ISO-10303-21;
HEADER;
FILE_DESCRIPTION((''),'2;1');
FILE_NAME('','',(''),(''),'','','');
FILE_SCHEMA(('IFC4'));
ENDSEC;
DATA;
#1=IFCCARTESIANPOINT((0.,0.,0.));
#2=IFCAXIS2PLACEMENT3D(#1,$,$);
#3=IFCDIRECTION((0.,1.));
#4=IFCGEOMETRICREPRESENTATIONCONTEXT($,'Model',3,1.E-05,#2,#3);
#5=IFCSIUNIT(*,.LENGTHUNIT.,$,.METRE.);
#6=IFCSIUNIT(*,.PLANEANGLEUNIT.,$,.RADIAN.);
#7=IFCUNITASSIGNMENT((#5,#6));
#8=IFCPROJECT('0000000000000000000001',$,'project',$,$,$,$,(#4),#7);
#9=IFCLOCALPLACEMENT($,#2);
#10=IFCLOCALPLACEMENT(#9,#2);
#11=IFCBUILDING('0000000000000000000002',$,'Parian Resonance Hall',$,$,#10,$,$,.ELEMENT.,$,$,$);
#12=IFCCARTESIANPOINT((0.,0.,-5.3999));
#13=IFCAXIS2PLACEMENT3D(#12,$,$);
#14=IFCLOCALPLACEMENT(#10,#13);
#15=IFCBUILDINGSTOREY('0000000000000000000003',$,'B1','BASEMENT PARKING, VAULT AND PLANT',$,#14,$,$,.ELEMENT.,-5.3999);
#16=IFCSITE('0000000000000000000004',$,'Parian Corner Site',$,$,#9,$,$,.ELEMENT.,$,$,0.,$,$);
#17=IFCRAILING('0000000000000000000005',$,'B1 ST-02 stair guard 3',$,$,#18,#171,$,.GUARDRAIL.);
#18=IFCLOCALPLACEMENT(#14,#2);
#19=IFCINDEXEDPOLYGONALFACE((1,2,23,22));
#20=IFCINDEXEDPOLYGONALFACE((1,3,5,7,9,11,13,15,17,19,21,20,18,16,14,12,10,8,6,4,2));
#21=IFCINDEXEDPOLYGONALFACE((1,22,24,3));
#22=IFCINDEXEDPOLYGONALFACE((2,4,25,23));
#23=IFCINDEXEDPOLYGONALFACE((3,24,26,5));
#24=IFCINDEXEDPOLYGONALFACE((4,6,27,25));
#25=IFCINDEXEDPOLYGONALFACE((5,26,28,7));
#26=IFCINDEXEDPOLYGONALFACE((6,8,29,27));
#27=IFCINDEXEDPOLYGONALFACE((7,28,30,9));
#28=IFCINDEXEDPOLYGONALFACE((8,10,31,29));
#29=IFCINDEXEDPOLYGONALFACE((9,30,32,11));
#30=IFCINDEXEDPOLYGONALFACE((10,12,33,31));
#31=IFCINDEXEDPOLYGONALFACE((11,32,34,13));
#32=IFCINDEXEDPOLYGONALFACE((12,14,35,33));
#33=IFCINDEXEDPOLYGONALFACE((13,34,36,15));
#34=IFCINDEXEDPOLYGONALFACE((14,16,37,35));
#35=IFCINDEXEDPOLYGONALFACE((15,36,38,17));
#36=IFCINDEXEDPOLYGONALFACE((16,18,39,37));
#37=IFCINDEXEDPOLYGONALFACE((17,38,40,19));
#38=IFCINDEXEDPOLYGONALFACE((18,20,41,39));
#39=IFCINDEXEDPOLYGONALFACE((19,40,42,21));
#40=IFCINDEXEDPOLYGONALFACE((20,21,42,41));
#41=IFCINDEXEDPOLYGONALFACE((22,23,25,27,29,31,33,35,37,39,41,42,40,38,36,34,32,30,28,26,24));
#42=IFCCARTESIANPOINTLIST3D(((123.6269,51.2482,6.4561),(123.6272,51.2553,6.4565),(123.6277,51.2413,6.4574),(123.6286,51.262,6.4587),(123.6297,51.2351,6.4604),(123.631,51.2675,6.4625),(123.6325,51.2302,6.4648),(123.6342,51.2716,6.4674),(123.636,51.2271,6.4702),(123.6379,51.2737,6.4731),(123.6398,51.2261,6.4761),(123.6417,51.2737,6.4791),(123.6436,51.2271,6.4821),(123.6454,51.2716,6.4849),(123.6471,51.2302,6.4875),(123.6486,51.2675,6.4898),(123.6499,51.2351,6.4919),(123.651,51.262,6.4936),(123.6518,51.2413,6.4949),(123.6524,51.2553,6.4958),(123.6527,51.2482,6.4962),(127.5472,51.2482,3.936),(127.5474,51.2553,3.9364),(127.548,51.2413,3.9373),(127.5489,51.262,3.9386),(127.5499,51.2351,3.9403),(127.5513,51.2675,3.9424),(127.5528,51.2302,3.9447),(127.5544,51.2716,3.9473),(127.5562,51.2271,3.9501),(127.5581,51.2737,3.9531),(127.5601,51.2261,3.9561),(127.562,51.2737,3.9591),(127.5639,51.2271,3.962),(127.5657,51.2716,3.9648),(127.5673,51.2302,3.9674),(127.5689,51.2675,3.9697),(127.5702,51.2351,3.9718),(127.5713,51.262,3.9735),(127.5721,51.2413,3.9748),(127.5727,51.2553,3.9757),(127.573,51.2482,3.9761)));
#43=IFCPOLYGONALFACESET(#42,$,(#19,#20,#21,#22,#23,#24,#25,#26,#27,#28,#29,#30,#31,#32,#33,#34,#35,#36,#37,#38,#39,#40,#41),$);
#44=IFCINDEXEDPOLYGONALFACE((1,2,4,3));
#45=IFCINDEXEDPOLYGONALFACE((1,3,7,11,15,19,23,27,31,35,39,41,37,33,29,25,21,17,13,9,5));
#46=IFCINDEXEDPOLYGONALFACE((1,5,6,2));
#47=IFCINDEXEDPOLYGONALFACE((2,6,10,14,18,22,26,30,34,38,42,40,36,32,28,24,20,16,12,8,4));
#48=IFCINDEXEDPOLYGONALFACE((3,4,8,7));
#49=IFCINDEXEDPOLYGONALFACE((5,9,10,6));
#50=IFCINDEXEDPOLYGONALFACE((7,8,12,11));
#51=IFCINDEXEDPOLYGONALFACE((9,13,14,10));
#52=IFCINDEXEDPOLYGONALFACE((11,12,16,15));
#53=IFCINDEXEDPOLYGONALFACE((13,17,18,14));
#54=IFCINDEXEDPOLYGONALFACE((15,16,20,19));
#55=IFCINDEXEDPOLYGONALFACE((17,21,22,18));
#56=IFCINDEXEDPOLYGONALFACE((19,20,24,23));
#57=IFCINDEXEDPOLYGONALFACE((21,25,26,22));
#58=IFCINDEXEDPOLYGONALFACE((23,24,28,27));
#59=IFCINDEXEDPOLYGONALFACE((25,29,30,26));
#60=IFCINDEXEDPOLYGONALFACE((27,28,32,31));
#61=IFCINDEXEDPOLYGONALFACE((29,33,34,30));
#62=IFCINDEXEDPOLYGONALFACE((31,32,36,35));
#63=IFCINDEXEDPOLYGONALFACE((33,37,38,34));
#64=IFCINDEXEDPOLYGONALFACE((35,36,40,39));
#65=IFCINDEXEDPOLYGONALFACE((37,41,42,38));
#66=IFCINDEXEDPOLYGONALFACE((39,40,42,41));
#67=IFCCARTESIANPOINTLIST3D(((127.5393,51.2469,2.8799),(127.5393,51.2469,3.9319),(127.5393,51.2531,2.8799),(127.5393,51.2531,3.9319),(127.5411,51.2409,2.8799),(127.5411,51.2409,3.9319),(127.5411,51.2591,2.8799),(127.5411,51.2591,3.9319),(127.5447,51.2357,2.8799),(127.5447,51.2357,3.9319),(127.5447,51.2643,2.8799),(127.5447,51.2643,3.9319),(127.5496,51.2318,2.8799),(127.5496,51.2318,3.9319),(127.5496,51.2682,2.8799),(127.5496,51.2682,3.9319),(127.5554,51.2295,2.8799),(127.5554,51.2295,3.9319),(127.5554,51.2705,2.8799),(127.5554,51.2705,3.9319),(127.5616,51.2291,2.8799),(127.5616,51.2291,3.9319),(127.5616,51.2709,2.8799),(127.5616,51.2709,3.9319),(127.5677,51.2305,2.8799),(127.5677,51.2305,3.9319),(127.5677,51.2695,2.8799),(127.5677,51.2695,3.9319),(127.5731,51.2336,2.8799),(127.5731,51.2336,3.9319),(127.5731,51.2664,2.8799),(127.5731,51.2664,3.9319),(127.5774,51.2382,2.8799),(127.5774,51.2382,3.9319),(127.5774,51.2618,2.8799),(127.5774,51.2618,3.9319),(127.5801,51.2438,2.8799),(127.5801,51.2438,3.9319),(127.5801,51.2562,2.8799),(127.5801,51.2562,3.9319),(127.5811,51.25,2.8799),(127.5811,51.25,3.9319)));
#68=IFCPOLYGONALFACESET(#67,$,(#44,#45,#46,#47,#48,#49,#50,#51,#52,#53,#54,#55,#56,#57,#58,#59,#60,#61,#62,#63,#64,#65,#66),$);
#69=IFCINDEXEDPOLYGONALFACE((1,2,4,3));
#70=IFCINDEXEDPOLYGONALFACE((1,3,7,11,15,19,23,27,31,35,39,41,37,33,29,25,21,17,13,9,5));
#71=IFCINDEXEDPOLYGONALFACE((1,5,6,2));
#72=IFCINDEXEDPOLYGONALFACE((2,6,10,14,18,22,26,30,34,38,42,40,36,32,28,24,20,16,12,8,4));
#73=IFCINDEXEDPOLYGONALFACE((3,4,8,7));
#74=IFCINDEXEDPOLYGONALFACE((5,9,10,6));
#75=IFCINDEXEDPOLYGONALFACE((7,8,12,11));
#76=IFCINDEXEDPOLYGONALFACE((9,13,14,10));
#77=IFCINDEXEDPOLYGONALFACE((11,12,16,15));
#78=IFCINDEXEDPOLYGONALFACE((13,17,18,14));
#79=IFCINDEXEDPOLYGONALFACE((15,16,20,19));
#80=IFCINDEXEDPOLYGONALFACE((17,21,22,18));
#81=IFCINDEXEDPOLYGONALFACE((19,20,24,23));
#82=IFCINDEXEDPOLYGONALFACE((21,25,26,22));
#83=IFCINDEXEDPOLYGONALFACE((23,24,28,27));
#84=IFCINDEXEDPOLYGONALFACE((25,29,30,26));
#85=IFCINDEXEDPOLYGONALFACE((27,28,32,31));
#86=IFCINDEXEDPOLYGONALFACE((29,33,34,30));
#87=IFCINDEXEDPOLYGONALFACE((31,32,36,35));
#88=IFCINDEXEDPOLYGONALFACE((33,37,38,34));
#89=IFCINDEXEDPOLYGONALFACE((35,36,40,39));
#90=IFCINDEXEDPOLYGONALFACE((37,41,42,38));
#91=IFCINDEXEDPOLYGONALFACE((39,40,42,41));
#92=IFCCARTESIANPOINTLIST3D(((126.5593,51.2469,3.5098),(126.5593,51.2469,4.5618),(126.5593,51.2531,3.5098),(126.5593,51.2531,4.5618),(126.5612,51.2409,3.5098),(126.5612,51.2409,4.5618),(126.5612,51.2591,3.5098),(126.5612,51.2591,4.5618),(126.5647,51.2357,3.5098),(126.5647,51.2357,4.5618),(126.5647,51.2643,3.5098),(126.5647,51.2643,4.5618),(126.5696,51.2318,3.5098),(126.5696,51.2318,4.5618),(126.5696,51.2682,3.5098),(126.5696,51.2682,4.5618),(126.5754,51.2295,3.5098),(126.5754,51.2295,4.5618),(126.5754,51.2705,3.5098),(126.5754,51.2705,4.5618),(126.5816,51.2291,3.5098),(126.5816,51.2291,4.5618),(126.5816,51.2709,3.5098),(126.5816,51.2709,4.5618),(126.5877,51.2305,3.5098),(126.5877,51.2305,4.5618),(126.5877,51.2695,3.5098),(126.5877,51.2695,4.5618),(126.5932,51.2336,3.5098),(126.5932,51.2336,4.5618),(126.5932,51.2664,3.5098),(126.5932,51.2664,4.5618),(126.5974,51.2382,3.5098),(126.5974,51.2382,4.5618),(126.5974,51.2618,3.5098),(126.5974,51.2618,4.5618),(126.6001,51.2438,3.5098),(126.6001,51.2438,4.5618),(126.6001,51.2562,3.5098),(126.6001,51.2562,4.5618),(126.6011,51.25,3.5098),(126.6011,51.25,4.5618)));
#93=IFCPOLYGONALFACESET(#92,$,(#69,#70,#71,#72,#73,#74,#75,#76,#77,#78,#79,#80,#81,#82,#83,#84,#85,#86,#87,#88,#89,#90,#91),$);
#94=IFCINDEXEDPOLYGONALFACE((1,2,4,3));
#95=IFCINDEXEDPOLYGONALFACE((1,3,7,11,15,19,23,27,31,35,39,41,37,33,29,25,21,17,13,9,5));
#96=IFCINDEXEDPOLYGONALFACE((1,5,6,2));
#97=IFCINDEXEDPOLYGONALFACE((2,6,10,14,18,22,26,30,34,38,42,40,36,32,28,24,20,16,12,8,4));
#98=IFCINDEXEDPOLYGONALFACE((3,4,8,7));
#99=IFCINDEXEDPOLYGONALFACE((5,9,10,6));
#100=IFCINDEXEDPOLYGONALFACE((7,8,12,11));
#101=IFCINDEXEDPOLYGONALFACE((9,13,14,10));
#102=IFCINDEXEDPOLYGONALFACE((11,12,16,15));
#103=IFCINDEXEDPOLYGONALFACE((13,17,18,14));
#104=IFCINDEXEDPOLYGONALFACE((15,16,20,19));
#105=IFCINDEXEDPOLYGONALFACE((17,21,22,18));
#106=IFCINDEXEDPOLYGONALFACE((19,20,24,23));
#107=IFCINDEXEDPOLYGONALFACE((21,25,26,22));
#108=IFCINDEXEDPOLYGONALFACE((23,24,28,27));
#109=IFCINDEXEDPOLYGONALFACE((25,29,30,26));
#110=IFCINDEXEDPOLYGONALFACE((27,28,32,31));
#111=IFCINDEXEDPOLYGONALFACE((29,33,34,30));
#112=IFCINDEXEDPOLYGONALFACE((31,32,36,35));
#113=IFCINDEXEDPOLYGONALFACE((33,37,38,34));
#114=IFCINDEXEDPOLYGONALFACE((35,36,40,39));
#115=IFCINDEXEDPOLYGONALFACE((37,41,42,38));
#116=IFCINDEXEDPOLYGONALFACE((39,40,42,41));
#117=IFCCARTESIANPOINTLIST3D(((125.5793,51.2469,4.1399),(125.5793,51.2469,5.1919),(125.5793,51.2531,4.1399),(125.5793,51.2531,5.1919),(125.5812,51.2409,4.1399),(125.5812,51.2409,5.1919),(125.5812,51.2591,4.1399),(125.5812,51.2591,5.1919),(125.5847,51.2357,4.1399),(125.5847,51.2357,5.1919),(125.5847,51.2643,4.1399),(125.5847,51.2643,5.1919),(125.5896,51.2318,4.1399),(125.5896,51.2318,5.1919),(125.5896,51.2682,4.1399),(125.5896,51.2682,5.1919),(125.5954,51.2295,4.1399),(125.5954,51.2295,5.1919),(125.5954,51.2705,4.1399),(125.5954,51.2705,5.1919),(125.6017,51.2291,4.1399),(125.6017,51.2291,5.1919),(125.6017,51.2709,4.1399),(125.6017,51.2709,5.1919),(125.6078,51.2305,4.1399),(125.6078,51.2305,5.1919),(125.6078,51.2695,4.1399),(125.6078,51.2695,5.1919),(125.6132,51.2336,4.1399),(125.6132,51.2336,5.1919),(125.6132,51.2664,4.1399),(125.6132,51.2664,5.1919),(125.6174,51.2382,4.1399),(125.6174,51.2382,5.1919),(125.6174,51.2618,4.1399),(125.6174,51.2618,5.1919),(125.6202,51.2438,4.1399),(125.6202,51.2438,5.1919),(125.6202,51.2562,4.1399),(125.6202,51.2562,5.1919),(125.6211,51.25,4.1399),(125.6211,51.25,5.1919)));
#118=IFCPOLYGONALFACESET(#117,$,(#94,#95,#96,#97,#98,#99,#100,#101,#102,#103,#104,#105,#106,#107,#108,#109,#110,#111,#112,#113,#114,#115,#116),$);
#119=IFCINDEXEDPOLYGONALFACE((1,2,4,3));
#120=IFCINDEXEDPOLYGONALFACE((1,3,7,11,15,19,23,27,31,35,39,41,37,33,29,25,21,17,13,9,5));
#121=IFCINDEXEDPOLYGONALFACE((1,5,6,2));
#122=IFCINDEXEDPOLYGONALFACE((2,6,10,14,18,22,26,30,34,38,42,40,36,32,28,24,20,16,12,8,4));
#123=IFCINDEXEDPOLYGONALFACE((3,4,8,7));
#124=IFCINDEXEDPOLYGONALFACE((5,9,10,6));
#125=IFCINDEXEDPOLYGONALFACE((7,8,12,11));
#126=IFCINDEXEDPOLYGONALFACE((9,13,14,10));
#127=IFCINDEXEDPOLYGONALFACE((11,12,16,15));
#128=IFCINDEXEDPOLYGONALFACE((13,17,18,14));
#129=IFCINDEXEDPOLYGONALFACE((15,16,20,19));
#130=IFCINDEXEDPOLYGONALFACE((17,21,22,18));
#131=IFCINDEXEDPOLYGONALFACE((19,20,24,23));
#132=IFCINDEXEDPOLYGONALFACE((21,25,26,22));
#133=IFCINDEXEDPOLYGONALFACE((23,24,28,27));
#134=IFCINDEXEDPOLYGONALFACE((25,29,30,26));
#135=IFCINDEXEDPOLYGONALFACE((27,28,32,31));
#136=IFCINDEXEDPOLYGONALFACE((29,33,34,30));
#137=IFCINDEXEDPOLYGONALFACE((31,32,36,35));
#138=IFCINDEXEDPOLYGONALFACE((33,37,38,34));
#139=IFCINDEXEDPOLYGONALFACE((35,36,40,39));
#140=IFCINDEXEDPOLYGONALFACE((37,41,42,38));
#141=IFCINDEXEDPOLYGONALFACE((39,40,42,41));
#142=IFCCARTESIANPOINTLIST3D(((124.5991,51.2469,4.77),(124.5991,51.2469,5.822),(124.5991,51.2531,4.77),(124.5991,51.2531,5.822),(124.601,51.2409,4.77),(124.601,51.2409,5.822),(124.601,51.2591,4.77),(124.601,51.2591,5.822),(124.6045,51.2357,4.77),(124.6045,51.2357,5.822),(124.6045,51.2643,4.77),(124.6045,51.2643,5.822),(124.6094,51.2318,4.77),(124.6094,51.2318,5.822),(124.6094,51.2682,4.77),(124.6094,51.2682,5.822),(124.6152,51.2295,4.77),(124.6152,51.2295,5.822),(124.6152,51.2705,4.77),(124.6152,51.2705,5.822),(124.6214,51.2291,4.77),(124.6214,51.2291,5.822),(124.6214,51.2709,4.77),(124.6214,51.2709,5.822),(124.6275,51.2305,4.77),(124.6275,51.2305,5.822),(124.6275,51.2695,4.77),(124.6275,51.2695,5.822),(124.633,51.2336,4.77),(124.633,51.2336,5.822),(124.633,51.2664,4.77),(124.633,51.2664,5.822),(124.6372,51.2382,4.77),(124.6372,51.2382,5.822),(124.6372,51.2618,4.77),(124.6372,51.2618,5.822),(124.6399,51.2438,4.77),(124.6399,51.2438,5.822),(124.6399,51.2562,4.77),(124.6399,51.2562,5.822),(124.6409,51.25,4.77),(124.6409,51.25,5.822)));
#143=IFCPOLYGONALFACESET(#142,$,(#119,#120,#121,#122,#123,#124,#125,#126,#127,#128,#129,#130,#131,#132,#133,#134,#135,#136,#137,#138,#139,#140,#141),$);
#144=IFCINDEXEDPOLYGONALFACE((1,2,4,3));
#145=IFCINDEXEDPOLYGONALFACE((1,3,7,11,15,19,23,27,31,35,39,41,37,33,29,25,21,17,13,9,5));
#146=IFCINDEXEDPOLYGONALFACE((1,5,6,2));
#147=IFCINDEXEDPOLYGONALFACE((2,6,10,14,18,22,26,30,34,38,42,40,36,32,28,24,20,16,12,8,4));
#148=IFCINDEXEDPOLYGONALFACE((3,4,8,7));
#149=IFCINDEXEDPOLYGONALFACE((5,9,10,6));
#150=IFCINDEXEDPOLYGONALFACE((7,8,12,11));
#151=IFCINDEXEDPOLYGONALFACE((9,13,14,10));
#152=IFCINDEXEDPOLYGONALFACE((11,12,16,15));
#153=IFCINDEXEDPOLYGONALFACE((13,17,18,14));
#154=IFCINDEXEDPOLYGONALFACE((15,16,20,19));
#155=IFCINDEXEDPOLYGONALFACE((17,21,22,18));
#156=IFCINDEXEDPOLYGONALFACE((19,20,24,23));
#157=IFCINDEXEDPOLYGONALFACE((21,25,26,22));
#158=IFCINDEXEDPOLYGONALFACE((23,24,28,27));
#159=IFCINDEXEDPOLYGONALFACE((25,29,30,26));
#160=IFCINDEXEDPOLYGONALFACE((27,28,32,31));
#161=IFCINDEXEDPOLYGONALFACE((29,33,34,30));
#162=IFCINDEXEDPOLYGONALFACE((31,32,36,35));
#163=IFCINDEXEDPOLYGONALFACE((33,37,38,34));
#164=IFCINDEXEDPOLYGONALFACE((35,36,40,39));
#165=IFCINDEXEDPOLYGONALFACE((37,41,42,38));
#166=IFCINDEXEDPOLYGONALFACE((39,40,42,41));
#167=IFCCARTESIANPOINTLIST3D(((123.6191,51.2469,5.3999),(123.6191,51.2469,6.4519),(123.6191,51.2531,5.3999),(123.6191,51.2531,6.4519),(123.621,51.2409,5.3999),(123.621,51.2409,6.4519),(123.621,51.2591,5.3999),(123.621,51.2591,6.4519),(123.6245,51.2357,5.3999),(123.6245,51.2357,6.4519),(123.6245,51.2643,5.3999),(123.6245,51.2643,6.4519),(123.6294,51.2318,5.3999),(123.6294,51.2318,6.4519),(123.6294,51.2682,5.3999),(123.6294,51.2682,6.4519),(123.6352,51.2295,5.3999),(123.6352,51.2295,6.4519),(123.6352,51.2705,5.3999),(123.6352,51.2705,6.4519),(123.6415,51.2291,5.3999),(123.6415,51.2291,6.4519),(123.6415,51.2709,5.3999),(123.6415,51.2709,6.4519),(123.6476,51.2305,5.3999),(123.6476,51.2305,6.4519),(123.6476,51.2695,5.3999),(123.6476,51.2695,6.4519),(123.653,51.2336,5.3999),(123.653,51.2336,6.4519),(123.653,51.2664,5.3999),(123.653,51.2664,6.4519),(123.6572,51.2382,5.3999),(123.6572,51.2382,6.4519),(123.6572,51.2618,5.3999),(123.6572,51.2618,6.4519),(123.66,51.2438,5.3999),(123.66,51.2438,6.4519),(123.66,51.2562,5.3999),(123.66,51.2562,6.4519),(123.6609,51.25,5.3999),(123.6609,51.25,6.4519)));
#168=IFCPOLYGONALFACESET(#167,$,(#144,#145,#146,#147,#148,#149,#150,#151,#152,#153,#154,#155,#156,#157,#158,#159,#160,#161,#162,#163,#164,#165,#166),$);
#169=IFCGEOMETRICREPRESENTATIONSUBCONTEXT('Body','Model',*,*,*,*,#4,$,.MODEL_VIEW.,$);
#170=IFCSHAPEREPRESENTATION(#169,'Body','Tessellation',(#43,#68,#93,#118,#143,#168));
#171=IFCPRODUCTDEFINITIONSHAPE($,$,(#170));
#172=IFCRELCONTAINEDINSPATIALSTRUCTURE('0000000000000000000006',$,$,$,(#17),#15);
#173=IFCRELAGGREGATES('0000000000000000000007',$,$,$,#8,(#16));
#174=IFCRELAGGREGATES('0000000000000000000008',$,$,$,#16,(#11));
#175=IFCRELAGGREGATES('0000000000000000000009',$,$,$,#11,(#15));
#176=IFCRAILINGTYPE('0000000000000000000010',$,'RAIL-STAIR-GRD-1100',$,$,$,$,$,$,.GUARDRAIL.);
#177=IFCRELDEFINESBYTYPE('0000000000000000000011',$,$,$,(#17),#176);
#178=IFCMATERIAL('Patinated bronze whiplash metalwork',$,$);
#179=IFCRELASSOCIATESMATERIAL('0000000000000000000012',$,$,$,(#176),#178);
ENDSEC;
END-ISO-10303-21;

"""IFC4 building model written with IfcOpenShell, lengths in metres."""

from ifc_helpers import new_model, si_unit, direction, frame, origin, origin_2d, place, context, subcontext, project, spatial, circle, extrude, material, type_object, element, save


model = new_model("IFC4")

# Units and contexts
model_context = context("Model", 3, precision=1e-05, world=origin(), true_north=direction((0.0, 1.0)))
body_context = subcontext(model_context, "Body", "Model", "MODEL_VIEW")
ifc_project = project(units=[si_unit("LENGTHUNIT", "METRE"), si_unit("PLANEANGLEUNIT", "RADIAN")], contexts=[model_context])

# Site, building, storey
site_placement = place(None, origin())
site = spatial("IfcSite", under=ifc_project, at=site_placement, Name="Parian Corner Site", CompositionType="ELEMENT", RefElevation=0.0)
building_placement = place(site_placement, origin())
building = spatial("IfcBuilding", under=site, at=building_placement, Name="Parian Resonance Hall", CompositionType="ELEMENT")
storey_placement = place(building_placement, frame((0.0, 0.0, -5.3999)))
storey = spatial("IfcBuildingStorey", under=building, at=storey_placement, Name="B1", Description="BASEMENT PARKING, VAULT AND PLANT", CompositionType="ELEMENT", Elevation=-5.3999)

# Railing
ifc_material_1 = material(Name="Patinated bronze whiplash metalwork")
railing_type_1 = type_object("IfcRailingType", Name="RAIL-STAIR-GRD-1100", PredefinedType="GUARDRAIL", material=ifc_material_1)
railing_1_placement = place(storey_placement, frame((127.5601, 51.25, 2.8799)))
element("IfcRailing", 1, at=railing_1_placement, inside=storey, type_object=railing_type_1, Name="B1 ST-02 stair guard 3", PredefinedType="GUARDRAIL", context=body_context, shape_type="SweptSolid", body=[
    extrude(circle(Radius=0.0239, at=origin_2d()), frame((0.0, 0.0, 1.0762), z_axis=(-0.841187, 0.0, 0.540744), x_axis=(0.0, -1.0, 0.0)), (0.0, 0.0, 1.0), 4.6604),
    extrude(circle(Radius=0.021, at=origin_2d()), origin(), (0.0, 0.0, 1.0), 1.052),
    extrude(circle(Radius=0.021, at=origin_2d()), frame((-0.98, 0.0, 0.6299)), (0.0, 0.0, 1.0), 1.052),
    extrude(circle(Radius=0.021, at=origin_2d()), frame((-1.96, 0.0, 1.26)), (0.0, 0.0, 1.0), 1.052),
    extrude(circle(Radius=0.021, at=origin_2d()), frame((-2.9402, 0.0, 1.8901)), (0.0, 0.0, 1.0), 1.052),
    extrude(circle(Radius=0.021, at=origin_2d()), frame((-3.9202, 0.0, 2.52)), (0.0, 0.0, 1.0), 1.052),
])

save(model, "model.ifc")
